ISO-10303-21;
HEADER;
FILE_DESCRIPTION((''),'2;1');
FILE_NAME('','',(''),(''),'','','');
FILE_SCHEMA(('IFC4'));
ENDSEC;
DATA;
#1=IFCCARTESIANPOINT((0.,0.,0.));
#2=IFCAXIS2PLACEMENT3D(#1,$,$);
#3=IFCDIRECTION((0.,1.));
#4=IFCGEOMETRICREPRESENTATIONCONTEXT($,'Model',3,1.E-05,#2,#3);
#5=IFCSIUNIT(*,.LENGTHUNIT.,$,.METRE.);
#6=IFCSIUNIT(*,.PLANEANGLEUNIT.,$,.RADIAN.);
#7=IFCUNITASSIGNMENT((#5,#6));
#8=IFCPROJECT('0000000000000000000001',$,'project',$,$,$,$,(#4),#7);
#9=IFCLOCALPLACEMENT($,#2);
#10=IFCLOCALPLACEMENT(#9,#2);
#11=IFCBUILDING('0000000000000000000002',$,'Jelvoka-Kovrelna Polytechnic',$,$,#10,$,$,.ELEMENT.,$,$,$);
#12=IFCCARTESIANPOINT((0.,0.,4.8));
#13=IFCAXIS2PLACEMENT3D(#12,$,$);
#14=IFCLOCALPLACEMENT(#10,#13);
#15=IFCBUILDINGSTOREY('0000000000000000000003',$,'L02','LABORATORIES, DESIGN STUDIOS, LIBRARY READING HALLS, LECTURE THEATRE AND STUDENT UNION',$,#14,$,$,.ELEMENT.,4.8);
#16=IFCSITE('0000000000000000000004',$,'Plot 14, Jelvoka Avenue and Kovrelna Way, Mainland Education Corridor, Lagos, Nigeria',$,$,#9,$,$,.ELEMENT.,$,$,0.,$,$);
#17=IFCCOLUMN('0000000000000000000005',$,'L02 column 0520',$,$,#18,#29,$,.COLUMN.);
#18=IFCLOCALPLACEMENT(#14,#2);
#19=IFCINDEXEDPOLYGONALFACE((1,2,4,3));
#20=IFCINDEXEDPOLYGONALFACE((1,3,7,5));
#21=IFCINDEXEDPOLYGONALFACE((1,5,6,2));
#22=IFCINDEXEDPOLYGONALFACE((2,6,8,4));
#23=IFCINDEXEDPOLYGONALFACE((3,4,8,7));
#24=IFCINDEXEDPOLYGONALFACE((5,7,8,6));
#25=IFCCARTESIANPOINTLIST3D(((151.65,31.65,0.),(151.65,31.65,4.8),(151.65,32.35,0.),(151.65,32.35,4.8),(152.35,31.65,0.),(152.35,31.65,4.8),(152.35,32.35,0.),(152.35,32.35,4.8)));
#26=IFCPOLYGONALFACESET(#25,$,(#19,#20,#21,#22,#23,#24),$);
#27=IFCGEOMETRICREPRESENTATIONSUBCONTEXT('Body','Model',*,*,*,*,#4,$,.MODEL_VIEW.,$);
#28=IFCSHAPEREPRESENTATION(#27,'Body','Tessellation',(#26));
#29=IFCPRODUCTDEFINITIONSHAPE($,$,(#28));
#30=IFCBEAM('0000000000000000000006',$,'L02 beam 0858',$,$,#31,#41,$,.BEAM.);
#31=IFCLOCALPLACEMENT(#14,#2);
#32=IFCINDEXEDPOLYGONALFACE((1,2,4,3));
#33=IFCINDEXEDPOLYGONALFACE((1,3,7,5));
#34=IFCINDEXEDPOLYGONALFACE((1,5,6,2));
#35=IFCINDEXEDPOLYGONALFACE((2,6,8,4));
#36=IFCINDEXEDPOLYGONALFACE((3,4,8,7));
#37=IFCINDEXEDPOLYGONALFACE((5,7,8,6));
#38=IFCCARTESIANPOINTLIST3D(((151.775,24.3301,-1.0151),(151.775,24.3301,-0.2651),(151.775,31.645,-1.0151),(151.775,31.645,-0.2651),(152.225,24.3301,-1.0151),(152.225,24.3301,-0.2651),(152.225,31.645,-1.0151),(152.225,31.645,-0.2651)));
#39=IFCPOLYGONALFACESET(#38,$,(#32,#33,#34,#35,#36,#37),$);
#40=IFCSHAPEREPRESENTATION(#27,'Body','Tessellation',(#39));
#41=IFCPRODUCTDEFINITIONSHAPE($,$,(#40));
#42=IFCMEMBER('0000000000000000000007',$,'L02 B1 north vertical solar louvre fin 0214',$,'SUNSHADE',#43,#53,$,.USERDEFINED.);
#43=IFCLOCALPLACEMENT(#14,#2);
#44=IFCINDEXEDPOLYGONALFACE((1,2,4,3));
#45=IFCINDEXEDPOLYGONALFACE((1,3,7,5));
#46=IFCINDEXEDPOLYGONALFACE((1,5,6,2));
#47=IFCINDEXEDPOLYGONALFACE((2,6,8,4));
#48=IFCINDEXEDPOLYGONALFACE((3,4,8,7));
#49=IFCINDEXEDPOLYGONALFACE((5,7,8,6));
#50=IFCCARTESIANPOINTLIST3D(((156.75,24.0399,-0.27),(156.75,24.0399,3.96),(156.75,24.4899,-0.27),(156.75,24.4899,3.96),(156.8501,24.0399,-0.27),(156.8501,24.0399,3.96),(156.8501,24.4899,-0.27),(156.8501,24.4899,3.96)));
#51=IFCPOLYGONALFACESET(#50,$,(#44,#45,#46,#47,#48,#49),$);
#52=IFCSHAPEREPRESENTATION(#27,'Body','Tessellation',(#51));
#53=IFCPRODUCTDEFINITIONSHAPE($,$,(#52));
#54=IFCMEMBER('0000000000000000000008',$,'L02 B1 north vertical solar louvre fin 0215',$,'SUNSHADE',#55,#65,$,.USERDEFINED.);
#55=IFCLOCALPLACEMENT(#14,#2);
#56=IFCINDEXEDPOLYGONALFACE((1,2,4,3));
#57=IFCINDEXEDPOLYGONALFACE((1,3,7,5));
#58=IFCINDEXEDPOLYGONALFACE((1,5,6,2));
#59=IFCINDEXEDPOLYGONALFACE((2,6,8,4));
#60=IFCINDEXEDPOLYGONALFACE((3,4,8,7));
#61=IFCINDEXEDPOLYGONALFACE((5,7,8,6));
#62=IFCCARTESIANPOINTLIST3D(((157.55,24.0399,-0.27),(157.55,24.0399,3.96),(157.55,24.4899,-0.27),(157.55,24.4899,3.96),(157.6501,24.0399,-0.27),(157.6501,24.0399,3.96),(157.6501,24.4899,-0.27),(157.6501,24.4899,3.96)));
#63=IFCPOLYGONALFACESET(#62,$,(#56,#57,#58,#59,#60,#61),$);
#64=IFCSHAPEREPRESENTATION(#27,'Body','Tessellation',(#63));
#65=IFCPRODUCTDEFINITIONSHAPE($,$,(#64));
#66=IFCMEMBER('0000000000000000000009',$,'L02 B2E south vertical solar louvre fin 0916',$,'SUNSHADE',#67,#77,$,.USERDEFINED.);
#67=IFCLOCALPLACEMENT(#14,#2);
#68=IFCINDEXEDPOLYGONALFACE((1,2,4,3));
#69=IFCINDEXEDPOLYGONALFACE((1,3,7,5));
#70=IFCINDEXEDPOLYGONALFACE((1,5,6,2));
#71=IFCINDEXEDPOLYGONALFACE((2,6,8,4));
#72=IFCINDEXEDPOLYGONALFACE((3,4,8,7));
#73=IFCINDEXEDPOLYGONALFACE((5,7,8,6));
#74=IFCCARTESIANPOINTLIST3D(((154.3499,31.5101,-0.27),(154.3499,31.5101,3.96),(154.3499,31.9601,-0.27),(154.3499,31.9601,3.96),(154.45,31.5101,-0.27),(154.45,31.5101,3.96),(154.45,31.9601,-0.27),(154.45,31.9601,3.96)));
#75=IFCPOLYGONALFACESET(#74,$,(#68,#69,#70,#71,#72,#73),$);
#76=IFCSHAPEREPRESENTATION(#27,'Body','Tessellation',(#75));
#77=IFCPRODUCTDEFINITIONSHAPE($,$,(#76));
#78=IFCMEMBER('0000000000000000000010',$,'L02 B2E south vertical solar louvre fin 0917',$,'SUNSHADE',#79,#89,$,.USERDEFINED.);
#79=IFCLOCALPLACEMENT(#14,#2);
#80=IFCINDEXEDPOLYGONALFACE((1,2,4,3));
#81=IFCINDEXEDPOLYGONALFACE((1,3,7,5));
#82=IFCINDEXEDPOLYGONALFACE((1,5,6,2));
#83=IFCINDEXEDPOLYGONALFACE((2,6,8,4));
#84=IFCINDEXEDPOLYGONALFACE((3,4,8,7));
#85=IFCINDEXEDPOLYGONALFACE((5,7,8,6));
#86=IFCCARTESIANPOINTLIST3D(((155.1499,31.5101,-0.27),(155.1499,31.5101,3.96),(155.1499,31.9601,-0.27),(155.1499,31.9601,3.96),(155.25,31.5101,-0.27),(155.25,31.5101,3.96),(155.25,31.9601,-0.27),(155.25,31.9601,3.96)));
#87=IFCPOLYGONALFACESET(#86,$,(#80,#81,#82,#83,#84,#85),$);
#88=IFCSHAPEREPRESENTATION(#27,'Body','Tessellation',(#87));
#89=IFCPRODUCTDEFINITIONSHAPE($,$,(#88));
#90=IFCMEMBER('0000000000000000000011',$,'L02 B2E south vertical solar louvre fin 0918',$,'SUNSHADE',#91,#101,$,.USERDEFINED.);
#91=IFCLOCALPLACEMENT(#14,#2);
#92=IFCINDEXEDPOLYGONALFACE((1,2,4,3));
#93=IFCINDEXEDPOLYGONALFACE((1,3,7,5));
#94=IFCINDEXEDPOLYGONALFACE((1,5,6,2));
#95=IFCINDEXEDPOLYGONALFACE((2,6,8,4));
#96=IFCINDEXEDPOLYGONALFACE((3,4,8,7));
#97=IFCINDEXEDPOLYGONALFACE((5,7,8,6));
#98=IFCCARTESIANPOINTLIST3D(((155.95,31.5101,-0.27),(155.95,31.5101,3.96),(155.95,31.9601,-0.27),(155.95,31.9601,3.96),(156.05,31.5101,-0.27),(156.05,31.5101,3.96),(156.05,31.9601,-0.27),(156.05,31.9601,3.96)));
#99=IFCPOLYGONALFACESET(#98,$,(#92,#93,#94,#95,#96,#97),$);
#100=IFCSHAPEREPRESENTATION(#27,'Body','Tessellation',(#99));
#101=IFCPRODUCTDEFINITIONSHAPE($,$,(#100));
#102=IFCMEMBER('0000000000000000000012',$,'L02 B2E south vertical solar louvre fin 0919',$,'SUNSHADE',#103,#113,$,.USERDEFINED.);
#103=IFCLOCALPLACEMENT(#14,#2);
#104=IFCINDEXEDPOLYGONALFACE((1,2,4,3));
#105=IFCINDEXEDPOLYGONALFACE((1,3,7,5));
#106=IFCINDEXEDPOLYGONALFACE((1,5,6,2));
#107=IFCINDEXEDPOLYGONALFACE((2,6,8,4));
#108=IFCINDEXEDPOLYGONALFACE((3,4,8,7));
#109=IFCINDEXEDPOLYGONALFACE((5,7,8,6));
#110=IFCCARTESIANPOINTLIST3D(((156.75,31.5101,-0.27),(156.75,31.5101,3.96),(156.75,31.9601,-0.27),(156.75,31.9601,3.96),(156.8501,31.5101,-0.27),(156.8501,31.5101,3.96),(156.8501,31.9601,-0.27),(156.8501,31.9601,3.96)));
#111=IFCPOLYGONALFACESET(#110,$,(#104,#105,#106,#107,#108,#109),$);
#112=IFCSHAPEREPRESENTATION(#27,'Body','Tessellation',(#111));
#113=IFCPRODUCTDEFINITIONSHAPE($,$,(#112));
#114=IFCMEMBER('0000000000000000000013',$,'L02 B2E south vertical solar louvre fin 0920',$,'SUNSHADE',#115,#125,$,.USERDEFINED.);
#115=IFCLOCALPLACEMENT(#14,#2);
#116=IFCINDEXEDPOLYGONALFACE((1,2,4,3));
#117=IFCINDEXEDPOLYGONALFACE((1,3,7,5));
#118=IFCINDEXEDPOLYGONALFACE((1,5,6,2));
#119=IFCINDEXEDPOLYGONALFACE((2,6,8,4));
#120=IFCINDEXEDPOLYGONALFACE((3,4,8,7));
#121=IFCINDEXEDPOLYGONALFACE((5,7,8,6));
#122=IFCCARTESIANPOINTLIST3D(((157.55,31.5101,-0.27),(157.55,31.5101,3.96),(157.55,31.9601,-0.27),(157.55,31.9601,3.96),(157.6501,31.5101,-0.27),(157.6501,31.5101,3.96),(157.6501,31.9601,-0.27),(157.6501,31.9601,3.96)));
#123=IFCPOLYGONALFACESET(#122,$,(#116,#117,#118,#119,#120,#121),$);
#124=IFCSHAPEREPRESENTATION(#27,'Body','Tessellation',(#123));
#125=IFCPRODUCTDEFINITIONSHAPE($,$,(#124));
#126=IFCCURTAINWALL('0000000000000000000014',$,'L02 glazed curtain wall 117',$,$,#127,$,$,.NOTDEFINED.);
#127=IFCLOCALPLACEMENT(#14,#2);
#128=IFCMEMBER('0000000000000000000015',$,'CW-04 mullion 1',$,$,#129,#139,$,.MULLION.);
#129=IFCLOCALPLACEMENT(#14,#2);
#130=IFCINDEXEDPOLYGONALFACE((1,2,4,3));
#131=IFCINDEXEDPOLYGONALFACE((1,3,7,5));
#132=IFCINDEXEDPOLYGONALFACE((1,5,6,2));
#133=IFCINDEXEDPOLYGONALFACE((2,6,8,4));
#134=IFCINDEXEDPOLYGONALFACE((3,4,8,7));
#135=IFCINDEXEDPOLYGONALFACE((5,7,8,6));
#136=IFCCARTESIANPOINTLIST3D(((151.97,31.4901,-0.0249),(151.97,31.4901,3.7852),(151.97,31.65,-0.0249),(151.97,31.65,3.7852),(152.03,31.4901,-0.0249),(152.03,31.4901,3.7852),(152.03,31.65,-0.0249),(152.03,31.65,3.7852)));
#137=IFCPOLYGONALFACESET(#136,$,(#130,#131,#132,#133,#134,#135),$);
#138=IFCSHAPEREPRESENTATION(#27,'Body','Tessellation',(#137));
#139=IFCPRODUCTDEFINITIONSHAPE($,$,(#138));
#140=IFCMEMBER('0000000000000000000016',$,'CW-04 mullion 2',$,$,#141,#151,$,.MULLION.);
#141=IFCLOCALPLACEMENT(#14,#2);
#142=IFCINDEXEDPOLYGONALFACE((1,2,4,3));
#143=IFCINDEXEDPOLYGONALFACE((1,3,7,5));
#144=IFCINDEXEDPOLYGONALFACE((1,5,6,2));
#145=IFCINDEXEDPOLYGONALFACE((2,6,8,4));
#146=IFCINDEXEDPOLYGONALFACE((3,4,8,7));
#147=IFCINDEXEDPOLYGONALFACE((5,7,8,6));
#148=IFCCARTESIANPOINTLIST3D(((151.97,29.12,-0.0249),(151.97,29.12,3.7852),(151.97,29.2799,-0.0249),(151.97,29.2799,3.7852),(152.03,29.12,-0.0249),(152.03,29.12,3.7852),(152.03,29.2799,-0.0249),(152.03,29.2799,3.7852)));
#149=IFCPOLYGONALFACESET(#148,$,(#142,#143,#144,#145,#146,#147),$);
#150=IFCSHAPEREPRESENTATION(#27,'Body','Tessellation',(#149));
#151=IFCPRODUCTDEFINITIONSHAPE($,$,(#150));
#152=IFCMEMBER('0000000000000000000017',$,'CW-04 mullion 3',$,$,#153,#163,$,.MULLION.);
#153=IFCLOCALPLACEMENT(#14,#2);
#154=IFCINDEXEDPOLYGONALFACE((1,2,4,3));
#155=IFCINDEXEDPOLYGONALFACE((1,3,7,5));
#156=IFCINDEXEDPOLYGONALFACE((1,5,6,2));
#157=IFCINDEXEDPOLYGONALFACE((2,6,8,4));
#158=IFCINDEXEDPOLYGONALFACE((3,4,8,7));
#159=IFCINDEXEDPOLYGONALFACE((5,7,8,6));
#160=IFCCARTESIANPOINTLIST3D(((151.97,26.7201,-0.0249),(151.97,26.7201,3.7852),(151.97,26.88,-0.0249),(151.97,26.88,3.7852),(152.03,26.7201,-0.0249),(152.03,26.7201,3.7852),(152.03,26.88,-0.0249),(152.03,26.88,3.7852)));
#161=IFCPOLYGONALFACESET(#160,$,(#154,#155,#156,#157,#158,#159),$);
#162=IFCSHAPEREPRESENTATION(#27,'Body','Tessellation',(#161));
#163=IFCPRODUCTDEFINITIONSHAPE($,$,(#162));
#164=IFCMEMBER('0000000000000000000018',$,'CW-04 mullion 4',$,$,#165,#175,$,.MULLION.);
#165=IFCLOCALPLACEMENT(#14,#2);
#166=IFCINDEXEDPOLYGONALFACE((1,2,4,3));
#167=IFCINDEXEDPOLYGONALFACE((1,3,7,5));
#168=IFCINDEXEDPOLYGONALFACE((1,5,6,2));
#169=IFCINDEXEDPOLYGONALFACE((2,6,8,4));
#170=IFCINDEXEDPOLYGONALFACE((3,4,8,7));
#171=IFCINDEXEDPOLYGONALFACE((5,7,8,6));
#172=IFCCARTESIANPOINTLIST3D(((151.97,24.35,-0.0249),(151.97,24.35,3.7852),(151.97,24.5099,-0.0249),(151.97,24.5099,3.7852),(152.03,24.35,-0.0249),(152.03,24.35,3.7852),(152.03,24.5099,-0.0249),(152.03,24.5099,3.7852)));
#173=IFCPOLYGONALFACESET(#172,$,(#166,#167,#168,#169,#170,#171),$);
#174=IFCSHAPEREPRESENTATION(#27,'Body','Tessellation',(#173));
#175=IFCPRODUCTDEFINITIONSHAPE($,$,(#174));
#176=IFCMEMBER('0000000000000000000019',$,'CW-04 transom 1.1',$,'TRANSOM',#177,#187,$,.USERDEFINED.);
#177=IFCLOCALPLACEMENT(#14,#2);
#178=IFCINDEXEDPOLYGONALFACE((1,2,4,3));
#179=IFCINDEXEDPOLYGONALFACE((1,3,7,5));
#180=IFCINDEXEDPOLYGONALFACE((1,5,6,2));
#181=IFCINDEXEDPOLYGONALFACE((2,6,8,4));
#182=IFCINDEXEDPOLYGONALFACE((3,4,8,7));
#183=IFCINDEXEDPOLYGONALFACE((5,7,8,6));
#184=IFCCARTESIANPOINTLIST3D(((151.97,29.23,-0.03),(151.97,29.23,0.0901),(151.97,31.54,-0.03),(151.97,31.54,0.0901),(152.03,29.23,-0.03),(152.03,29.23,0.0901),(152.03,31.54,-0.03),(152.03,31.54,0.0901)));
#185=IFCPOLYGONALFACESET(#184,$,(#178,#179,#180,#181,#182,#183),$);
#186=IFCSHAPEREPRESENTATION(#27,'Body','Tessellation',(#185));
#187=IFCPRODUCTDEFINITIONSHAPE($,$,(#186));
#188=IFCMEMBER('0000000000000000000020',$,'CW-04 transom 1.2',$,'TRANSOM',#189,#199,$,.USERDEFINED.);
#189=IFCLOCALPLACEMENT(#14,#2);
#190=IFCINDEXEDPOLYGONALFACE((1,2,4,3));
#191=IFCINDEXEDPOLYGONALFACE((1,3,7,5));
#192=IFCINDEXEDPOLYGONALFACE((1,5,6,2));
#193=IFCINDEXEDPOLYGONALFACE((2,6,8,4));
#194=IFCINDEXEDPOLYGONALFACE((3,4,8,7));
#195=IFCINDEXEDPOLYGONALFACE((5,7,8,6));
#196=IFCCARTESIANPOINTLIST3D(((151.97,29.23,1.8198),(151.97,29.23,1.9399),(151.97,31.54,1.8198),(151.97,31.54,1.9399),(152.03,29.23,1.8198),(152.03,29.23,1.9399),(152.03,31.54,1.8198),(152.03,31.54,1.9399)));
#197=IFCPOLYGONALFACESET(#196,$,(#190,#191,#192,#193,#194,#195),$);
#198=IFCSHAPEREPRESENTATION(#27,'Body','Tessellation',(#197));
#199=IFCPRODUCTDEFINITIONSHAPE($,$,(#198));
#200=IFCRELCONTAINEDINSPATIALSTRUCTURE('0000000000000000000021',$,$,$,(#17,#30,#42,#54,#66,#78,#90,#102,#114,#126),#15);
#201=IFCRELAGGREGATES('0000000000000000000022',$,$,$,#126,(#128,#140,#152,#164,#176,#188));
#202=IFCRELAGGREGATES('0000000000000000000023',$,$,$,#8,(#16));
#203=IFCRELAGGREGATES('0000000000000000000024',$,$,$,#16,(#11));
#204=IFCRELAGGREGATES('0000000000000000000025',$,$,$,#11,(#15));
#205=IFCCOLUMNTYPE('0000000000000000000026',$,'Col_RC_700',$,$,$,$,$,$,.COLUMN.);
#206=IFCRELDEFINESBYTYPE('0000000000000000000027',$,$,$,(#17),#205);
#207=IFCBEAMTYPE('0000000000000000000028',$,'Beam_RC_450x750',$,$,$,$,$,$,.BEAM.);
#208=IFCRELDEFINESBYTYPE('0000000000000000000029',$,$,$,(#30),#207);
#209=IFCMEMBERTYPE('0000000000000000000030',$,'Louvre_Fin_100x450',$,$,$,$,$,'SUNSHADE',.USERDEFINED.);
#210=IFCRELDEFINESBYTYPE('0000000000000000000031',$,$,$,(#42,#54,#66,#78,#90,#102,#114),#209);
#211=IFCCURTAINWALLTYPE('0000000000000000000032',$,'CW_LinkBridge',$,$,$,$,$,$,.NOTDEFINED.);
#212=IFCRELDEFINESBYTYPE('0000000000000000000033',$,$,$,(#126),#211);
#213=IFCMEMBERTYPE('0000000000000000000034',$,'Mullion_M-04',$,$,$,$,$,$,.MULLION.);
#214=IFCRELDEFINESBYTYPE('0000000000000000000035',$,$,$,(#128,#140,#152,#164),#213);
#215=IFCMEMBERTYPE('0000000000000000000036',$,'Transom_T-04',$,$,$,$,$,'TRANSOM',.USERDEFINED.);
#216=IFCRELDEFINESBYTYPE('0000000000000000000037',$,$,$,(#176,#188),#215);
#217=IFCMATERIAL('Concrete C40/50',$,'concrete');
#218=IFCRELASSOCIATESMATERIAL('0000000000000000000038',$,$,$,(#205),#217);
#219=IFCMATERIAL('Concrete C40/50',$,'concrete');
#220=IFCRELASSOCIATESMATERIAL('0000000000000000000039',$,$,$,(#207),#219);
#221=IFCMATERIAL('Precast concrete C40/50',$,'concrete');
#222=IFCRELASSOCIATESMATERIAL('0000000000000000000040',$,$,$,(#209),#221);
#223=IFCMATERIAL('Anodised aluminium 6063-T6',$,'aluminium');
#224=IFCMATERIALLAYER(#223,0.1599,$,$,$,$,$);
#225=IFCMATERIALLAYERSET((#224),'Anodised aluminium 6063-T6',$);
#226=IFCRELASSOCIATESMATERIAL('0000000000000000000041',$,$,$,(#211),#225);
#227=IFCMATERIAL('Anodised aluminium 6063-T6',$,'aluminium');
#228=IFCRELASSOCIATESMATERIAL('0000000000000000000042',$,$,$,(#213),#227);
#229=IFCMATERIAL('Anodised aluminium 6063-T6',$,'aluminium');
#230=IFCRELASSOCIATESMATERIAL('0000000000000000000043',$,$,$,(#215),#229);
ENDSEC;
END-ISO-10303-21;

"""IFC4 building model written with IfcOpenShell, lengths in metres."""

from ifc_helpers import new_model, si_unit, direction, frame, origin, origin_2d, place, context, subcontext, project, spatial, rectangle, extrude, material, layer, layer_set, material_profile, profile_set, type_object, element, aggregate, save


model = new_model("IFC4")

# Units and contexts
model_context = context("Model", 3, precision=1e-05, world=origin(), true_north=direction((0.0, 1.0)))
body_context = subcontext(model_context, "Body", "Model", "MODEL_VIEW")
ifc_project = project(units=[si_unit("LENGTHUNIT", "METRE"), si_unit("PLANEANGLEUNIT", "RADIAN")], contexts=[model_context])

# Site, building, storey
site_placement = place(None, origin())
site = spatial("IfcSite", under=ifc_project, at=site_placement, Name="Plot 14, Jelvoka Avenue and Kovrelna Way, Mainland Education Corridor, Lagos, Nigeria", CompositionType="ELEMENT", RefElevation=0.0)
building_placement = place(site_placement, origin())
building = spatial("IfcBuilding", under=site, at=building_placement, Name="Jelvoka-Kovrelna Polytechnic", CompositionType="ELEMENT")
storey_placement = place(building_placement, frame((0.0, 0.0, 4.8)))
storey = spatial("IfcBuildingStorey", under=building, at=storey_placement, Name="L02", Description="LABORATORIES, DESIGN STUDIOS, LIBRARY READING HALLS, LECTURE THEATRE AND STUDENT UNION", CompositionType="ELEMENT", Elevation=4.8)

# Column
ifc_material_1 = material(Name="Concrete C40/50", Category="concrete")
ifc_material_profile_1 = material_profile(ifc_material_1, rectangle(XDim=0.7, YDim=0.7, at=origin_2d()), Name="RC 700x700")
ifc_profile_set_1 = profile_set([ifc_material_profile_1], Name="Concrete C40/50")
column_type = type_object("IfcColumnType", Name="Col_RC_700", PredefinedType="COLUMN", material=ifc_profile_set_1)
column_placement = place(storey_placement, frame((152.0, 32.0, 0.0), z_axis=(0.0, 0.0, 1.0), x_axis=(1.0, 0.0, 0.0)))
element("IfcColumn", 1, at=column_placement, inside=storey, type_object=column_type, Name="L02 column 0520", PredefinedType="COLUMN", context=body_context, shape_type="SweptSolid", body=[
    extrude(rectangle(XDim=0.7, YDim=0.7, at=origin_2d()), origin(), (0.0, 0.0, 1.0), 4.8),
])

# Beam
ifc_material_2 = material(Name="Concrete C40/50", Category="concrete")
ifc_material_profile_2 = material_profile(ifc_material_2, rectangle(XDim=0.45, YDim=0.75, at=origin_2d()), Name="RC 450x750")
ifc_profile_set_2 = profile_set([ifc_material_profile_2], Name="Concrete C40/50")
beam_type = type_object("IfcBeamType", Name="Beam_RC_450x750", PredefinedType="BEAM", material=ifc_profile_set_2)
beam_placement = place(storey_placement, frame((152.0, 24.3301, -0.6401), z_axis=(0.0, 1.0, 0.0), x_axis=(-1.0, 0.0, 0.0)))
element("IfcBeam", 2, at=beam_placement, inside=storey, type_object=beam_type, Name="L02 beam 0858", PredefinedType="BEAM", context=body_context, shape_type="SweptSolid", body=[
    extrude(rectangle(XDim=0.45, YDim=0.75, at=origin_2d()), origin(), (0.0, 0.0, 1.0), 7.3149),
])

# Members
ifc_material_3 = material(Name="Precast concrete C40/50", Category="concrete")
ifc_material_profile_3 = material_profile(ifc_material_3, rectangle(XDim=0.1001, YDim=0.45, at=origin_2d()), Name="PC 100x450")
ifc_profile_set_3 = profile_set([ifc_material_profile_3], Name="Precast concrete C40/50")
member_type_1 = type_object("IfcMemberType", Name="Louvre_Fin_100x450", ElementType="SUNSHADE", PredefinedType="USERDEFINED", material=ifc_profile_set_3)
for number, where, z_axis, x_axis, name in (
    (3, (156.8, 24.2649, -0.27), (0.0, 0.0, 1.0), (1.0, 0.0, 0.0), "L02 B1 north vertical solar louvre fin 0214"),
    (4, (157.6001, 24.2649, -0.27), (0.0, 0.0, 1.0), (1.0, 0.0, 0.0), "L02 B1 north vertical solar louvre fin 0215"),
    (5, (154.3999, 31.7351, -0.27), (0.0, 0.0, 1.0), (1.0, 0.0, 0.0), "L02 B2E south vertical solar louvre fin 0916"),
    (6, (155.2, 31.7351, -0.27), (0.0, 0.0, 1.0), (1.0, 0.0, 0.0), "L02 B2E south vertical solar louvre fin 0917"),
    (7, (156.0, 31.7351, -0.27), (0.0, 0.0, 1.0), (1.0, 0.0, 0.0), "L02 B2E south vertical solar louvre fin 0918"),
    (8, (156.8, 31.7351, -0.27), (0.0, 0.0, 1.0), (1.0, 0.0, 0.0), "L02 B2E south vertical solar louvre fin 0919"),
    (9, (157.6001, 31.7351, -0.27), (0.0, 0.0, 1.0), (1.0, 0.0, 0.0), "L02 B2E south vertical solar louvre fin 0920"),
):
    element("IfcMember", number, at=place(storey_placement, frame(where, z_axis=z_axis, x_axis=x_axis)), inside=storey, type_object=member_type_1, Name=name, ObjectType="SUNSHADE", PredefinedType="USERDEFINED", context=body_context, shape_type="SweptSolid", body=[
        extrude(rectangle(XDim=0.1001, YDim=0.45, at=origin_2d()), origin(), (0.0, 0.0, 1.0), 4.23),
    ])

# Curtain wall, members
ifc_material_4 = material(Name="Anodised aluminium 6063-T6", Category="aluminium")
ifc_layer_1 = layer(ifc_material_4, 0.1599)
ifc_layer_set_1 = layer_set([ifc_layer_1], Name="Anodised aluminium 6063-T6")
curtain_wall_type = type_object("IfcCurtainWallType", Name="CW_LinkBridge", PredefinedType="NOTDEFINED", material=ifc_layer_set_1)
curtain_wall_placement = place(storey_placement, origin())
curtain_wall = element("IfcCurtainWall", 10, at=curtain_wall_placement, inside=storey, type_object=curtain_wall_type, Name="L02 glazed curtain wall 117", PredefinedType="NOTDEFINED")
ifc_material_5 = material(Name="Anodised aluminium 6063-T6", Category="aluminium")
ifc_material_profile_4 = material_profile(ifc_material_5, rectangle(XDim=0.0601, YDim=0.1599, at=origin_2d()), Name="ALU 60x160")
ifc_profile_set_4 = profile_set([ifc_material_profile_4], Name="Anodised aluminium 6063-T6")
member_type_2 = type_object("IfcMemberType", Name="Mullion_M-04", PredefinedType="MULLION", material=ifc_profile_set_4)
member_1_placement = place(storey_placement, frame((152.0, 31.5701, -0.0249), z_axis=(0.0, 0.0, 1.0), x_axis=(1.0, 0.0, 0.0)))
member_1 = element("IfcMember", 11, at=member_1_placement, type_object=member_type_2, Name="CW-04 mullion 1", PredefinedType="MULLION", context=body_context, shape_type="SweptSolid", body=[
    extrude(rectangle(XDim=0.0601, YDim=0.1599, at=origin_2d()), origin(), (0.0, 0.0, 1.0), 3.8101),
])
member_2_placement = place(storey_placement, frame((152.0, 29.2, -0.0249), z_axis=(0.0, 0.0, 1.0), x_axis=(1.0, 0.0, 0.0)))
member_2 = element("IfcMember", 12, at=member_2_placement, type_object=member_type_2, Name="CW-04 mullion 2", PredefinedType="MULLION", context=body_context, shape_type="SweptSolid", body=[
    extrude(rectangle(XDim=0.0601, YDim=0.1599, at=origin_2d()), origin(), (0.0, 0.0, 1.0), 3.8101),
])
member_3_placement = place(storey_placement, frame((152.0, 26.8, -0.0249), z_axis=(0.0, 0.0, 1.0), x_axis=(1.0, 0.0, 0.0)))
member_3 = element("IfcMember", 13, at=member_3_placement, type_object=member_type_2, Name="CW-04 mullion 3", PredefinedType="MULLION", context=body_context, shape_type="SweptSolid", body=[
    extrude(rectangle(XDim=0.0601, YDim=0.1599, at=origin_2d()), origin(), (0.0, 0.0, 1.0), 3.8101),
])
member_4_placement = place(storey_placement, frame((152.0, 24.4299, -0.0249), z_axis=(0.0, 0.0, 1.0), x_axis=(1.0, 0.0, 0.0)))
member_4 = element("IfcMember", 14, at=member_4_placement, type_object=member_type_2, Name="CW-04 mullion 4", PredefinedType="MULLION", context=body_context, shape_type="SweptSolid", body=[
    extrude(rectangle(XDim=0.0601, YDim=0.1599, at=origin_2d()), origin(), (0.0, 0.0, 1.0), 3.8101),
])
ifc_material_6 = material(Name="Anodised aluminium 6063-T6", Category="aluminium")
ifc_material_profile_5 = material_profile(ifc_material_6, rectangle(XDim=0.0601, YDim=0.1201, at=origin_2d()), Name="ALU 60x120")
ifc_profile_set_5 = profile_set([ifc_material_profile_5], Name="Anodised aluminium 6063-T6")
member_type_3 = type_object("IfcMemberType", Name="Transom_T-04", ElementType="TRANSOM", PredefinedType="USERDEFINED", material=ifc_profile_set_5)
member_5_placement = place(storey_placement, frame((152.0, 31.54, 0.03), z_axis=(0.0, -1.0, 0.0), x_axis=(1.0, 0.0, 0.0)))
member_5 = element("IfcMember", 15, at=member_5_placement, type_object=member_type_3, Name="CW-04 transom 1.1", ObjectType="TRANSOM", PredefinedType="USERDEFINED", context=body_context, shape_type="SweptSolid", body=[
    extrude(rectangle(XDim=0.0601, YDim=0.1201, at=origin_2d()), origin(), (0.0, 0.0, 1.0), 2.3101),
])
member_6_placement = place(storey_placement, frame((152.0, 31.54, 1.8799), z_axis=(0.0, -1.0, 0.0), x_axis=(1.0, 0.0, 0.0)))
member_6 = element("IfcMember", 16, at=member_6_placement, type_object=member_type_3, Name="CW-04 transom 1.2", ObjectType="TRANSOM", PredefinedType="USERDEFINED", context=body_context, shape_type="SweptSolid", body=[
    extrude(rectangle(XDim=0.0601, YDim=0.1201, at=origin_2d()), origin(), (0.0, 0.0, 1.0), 2.3101),
])
aggregate(curtain_wall, [member_1, member_2, member_3, member_4, member_5, member_6])

save(model, "model.ifc")
